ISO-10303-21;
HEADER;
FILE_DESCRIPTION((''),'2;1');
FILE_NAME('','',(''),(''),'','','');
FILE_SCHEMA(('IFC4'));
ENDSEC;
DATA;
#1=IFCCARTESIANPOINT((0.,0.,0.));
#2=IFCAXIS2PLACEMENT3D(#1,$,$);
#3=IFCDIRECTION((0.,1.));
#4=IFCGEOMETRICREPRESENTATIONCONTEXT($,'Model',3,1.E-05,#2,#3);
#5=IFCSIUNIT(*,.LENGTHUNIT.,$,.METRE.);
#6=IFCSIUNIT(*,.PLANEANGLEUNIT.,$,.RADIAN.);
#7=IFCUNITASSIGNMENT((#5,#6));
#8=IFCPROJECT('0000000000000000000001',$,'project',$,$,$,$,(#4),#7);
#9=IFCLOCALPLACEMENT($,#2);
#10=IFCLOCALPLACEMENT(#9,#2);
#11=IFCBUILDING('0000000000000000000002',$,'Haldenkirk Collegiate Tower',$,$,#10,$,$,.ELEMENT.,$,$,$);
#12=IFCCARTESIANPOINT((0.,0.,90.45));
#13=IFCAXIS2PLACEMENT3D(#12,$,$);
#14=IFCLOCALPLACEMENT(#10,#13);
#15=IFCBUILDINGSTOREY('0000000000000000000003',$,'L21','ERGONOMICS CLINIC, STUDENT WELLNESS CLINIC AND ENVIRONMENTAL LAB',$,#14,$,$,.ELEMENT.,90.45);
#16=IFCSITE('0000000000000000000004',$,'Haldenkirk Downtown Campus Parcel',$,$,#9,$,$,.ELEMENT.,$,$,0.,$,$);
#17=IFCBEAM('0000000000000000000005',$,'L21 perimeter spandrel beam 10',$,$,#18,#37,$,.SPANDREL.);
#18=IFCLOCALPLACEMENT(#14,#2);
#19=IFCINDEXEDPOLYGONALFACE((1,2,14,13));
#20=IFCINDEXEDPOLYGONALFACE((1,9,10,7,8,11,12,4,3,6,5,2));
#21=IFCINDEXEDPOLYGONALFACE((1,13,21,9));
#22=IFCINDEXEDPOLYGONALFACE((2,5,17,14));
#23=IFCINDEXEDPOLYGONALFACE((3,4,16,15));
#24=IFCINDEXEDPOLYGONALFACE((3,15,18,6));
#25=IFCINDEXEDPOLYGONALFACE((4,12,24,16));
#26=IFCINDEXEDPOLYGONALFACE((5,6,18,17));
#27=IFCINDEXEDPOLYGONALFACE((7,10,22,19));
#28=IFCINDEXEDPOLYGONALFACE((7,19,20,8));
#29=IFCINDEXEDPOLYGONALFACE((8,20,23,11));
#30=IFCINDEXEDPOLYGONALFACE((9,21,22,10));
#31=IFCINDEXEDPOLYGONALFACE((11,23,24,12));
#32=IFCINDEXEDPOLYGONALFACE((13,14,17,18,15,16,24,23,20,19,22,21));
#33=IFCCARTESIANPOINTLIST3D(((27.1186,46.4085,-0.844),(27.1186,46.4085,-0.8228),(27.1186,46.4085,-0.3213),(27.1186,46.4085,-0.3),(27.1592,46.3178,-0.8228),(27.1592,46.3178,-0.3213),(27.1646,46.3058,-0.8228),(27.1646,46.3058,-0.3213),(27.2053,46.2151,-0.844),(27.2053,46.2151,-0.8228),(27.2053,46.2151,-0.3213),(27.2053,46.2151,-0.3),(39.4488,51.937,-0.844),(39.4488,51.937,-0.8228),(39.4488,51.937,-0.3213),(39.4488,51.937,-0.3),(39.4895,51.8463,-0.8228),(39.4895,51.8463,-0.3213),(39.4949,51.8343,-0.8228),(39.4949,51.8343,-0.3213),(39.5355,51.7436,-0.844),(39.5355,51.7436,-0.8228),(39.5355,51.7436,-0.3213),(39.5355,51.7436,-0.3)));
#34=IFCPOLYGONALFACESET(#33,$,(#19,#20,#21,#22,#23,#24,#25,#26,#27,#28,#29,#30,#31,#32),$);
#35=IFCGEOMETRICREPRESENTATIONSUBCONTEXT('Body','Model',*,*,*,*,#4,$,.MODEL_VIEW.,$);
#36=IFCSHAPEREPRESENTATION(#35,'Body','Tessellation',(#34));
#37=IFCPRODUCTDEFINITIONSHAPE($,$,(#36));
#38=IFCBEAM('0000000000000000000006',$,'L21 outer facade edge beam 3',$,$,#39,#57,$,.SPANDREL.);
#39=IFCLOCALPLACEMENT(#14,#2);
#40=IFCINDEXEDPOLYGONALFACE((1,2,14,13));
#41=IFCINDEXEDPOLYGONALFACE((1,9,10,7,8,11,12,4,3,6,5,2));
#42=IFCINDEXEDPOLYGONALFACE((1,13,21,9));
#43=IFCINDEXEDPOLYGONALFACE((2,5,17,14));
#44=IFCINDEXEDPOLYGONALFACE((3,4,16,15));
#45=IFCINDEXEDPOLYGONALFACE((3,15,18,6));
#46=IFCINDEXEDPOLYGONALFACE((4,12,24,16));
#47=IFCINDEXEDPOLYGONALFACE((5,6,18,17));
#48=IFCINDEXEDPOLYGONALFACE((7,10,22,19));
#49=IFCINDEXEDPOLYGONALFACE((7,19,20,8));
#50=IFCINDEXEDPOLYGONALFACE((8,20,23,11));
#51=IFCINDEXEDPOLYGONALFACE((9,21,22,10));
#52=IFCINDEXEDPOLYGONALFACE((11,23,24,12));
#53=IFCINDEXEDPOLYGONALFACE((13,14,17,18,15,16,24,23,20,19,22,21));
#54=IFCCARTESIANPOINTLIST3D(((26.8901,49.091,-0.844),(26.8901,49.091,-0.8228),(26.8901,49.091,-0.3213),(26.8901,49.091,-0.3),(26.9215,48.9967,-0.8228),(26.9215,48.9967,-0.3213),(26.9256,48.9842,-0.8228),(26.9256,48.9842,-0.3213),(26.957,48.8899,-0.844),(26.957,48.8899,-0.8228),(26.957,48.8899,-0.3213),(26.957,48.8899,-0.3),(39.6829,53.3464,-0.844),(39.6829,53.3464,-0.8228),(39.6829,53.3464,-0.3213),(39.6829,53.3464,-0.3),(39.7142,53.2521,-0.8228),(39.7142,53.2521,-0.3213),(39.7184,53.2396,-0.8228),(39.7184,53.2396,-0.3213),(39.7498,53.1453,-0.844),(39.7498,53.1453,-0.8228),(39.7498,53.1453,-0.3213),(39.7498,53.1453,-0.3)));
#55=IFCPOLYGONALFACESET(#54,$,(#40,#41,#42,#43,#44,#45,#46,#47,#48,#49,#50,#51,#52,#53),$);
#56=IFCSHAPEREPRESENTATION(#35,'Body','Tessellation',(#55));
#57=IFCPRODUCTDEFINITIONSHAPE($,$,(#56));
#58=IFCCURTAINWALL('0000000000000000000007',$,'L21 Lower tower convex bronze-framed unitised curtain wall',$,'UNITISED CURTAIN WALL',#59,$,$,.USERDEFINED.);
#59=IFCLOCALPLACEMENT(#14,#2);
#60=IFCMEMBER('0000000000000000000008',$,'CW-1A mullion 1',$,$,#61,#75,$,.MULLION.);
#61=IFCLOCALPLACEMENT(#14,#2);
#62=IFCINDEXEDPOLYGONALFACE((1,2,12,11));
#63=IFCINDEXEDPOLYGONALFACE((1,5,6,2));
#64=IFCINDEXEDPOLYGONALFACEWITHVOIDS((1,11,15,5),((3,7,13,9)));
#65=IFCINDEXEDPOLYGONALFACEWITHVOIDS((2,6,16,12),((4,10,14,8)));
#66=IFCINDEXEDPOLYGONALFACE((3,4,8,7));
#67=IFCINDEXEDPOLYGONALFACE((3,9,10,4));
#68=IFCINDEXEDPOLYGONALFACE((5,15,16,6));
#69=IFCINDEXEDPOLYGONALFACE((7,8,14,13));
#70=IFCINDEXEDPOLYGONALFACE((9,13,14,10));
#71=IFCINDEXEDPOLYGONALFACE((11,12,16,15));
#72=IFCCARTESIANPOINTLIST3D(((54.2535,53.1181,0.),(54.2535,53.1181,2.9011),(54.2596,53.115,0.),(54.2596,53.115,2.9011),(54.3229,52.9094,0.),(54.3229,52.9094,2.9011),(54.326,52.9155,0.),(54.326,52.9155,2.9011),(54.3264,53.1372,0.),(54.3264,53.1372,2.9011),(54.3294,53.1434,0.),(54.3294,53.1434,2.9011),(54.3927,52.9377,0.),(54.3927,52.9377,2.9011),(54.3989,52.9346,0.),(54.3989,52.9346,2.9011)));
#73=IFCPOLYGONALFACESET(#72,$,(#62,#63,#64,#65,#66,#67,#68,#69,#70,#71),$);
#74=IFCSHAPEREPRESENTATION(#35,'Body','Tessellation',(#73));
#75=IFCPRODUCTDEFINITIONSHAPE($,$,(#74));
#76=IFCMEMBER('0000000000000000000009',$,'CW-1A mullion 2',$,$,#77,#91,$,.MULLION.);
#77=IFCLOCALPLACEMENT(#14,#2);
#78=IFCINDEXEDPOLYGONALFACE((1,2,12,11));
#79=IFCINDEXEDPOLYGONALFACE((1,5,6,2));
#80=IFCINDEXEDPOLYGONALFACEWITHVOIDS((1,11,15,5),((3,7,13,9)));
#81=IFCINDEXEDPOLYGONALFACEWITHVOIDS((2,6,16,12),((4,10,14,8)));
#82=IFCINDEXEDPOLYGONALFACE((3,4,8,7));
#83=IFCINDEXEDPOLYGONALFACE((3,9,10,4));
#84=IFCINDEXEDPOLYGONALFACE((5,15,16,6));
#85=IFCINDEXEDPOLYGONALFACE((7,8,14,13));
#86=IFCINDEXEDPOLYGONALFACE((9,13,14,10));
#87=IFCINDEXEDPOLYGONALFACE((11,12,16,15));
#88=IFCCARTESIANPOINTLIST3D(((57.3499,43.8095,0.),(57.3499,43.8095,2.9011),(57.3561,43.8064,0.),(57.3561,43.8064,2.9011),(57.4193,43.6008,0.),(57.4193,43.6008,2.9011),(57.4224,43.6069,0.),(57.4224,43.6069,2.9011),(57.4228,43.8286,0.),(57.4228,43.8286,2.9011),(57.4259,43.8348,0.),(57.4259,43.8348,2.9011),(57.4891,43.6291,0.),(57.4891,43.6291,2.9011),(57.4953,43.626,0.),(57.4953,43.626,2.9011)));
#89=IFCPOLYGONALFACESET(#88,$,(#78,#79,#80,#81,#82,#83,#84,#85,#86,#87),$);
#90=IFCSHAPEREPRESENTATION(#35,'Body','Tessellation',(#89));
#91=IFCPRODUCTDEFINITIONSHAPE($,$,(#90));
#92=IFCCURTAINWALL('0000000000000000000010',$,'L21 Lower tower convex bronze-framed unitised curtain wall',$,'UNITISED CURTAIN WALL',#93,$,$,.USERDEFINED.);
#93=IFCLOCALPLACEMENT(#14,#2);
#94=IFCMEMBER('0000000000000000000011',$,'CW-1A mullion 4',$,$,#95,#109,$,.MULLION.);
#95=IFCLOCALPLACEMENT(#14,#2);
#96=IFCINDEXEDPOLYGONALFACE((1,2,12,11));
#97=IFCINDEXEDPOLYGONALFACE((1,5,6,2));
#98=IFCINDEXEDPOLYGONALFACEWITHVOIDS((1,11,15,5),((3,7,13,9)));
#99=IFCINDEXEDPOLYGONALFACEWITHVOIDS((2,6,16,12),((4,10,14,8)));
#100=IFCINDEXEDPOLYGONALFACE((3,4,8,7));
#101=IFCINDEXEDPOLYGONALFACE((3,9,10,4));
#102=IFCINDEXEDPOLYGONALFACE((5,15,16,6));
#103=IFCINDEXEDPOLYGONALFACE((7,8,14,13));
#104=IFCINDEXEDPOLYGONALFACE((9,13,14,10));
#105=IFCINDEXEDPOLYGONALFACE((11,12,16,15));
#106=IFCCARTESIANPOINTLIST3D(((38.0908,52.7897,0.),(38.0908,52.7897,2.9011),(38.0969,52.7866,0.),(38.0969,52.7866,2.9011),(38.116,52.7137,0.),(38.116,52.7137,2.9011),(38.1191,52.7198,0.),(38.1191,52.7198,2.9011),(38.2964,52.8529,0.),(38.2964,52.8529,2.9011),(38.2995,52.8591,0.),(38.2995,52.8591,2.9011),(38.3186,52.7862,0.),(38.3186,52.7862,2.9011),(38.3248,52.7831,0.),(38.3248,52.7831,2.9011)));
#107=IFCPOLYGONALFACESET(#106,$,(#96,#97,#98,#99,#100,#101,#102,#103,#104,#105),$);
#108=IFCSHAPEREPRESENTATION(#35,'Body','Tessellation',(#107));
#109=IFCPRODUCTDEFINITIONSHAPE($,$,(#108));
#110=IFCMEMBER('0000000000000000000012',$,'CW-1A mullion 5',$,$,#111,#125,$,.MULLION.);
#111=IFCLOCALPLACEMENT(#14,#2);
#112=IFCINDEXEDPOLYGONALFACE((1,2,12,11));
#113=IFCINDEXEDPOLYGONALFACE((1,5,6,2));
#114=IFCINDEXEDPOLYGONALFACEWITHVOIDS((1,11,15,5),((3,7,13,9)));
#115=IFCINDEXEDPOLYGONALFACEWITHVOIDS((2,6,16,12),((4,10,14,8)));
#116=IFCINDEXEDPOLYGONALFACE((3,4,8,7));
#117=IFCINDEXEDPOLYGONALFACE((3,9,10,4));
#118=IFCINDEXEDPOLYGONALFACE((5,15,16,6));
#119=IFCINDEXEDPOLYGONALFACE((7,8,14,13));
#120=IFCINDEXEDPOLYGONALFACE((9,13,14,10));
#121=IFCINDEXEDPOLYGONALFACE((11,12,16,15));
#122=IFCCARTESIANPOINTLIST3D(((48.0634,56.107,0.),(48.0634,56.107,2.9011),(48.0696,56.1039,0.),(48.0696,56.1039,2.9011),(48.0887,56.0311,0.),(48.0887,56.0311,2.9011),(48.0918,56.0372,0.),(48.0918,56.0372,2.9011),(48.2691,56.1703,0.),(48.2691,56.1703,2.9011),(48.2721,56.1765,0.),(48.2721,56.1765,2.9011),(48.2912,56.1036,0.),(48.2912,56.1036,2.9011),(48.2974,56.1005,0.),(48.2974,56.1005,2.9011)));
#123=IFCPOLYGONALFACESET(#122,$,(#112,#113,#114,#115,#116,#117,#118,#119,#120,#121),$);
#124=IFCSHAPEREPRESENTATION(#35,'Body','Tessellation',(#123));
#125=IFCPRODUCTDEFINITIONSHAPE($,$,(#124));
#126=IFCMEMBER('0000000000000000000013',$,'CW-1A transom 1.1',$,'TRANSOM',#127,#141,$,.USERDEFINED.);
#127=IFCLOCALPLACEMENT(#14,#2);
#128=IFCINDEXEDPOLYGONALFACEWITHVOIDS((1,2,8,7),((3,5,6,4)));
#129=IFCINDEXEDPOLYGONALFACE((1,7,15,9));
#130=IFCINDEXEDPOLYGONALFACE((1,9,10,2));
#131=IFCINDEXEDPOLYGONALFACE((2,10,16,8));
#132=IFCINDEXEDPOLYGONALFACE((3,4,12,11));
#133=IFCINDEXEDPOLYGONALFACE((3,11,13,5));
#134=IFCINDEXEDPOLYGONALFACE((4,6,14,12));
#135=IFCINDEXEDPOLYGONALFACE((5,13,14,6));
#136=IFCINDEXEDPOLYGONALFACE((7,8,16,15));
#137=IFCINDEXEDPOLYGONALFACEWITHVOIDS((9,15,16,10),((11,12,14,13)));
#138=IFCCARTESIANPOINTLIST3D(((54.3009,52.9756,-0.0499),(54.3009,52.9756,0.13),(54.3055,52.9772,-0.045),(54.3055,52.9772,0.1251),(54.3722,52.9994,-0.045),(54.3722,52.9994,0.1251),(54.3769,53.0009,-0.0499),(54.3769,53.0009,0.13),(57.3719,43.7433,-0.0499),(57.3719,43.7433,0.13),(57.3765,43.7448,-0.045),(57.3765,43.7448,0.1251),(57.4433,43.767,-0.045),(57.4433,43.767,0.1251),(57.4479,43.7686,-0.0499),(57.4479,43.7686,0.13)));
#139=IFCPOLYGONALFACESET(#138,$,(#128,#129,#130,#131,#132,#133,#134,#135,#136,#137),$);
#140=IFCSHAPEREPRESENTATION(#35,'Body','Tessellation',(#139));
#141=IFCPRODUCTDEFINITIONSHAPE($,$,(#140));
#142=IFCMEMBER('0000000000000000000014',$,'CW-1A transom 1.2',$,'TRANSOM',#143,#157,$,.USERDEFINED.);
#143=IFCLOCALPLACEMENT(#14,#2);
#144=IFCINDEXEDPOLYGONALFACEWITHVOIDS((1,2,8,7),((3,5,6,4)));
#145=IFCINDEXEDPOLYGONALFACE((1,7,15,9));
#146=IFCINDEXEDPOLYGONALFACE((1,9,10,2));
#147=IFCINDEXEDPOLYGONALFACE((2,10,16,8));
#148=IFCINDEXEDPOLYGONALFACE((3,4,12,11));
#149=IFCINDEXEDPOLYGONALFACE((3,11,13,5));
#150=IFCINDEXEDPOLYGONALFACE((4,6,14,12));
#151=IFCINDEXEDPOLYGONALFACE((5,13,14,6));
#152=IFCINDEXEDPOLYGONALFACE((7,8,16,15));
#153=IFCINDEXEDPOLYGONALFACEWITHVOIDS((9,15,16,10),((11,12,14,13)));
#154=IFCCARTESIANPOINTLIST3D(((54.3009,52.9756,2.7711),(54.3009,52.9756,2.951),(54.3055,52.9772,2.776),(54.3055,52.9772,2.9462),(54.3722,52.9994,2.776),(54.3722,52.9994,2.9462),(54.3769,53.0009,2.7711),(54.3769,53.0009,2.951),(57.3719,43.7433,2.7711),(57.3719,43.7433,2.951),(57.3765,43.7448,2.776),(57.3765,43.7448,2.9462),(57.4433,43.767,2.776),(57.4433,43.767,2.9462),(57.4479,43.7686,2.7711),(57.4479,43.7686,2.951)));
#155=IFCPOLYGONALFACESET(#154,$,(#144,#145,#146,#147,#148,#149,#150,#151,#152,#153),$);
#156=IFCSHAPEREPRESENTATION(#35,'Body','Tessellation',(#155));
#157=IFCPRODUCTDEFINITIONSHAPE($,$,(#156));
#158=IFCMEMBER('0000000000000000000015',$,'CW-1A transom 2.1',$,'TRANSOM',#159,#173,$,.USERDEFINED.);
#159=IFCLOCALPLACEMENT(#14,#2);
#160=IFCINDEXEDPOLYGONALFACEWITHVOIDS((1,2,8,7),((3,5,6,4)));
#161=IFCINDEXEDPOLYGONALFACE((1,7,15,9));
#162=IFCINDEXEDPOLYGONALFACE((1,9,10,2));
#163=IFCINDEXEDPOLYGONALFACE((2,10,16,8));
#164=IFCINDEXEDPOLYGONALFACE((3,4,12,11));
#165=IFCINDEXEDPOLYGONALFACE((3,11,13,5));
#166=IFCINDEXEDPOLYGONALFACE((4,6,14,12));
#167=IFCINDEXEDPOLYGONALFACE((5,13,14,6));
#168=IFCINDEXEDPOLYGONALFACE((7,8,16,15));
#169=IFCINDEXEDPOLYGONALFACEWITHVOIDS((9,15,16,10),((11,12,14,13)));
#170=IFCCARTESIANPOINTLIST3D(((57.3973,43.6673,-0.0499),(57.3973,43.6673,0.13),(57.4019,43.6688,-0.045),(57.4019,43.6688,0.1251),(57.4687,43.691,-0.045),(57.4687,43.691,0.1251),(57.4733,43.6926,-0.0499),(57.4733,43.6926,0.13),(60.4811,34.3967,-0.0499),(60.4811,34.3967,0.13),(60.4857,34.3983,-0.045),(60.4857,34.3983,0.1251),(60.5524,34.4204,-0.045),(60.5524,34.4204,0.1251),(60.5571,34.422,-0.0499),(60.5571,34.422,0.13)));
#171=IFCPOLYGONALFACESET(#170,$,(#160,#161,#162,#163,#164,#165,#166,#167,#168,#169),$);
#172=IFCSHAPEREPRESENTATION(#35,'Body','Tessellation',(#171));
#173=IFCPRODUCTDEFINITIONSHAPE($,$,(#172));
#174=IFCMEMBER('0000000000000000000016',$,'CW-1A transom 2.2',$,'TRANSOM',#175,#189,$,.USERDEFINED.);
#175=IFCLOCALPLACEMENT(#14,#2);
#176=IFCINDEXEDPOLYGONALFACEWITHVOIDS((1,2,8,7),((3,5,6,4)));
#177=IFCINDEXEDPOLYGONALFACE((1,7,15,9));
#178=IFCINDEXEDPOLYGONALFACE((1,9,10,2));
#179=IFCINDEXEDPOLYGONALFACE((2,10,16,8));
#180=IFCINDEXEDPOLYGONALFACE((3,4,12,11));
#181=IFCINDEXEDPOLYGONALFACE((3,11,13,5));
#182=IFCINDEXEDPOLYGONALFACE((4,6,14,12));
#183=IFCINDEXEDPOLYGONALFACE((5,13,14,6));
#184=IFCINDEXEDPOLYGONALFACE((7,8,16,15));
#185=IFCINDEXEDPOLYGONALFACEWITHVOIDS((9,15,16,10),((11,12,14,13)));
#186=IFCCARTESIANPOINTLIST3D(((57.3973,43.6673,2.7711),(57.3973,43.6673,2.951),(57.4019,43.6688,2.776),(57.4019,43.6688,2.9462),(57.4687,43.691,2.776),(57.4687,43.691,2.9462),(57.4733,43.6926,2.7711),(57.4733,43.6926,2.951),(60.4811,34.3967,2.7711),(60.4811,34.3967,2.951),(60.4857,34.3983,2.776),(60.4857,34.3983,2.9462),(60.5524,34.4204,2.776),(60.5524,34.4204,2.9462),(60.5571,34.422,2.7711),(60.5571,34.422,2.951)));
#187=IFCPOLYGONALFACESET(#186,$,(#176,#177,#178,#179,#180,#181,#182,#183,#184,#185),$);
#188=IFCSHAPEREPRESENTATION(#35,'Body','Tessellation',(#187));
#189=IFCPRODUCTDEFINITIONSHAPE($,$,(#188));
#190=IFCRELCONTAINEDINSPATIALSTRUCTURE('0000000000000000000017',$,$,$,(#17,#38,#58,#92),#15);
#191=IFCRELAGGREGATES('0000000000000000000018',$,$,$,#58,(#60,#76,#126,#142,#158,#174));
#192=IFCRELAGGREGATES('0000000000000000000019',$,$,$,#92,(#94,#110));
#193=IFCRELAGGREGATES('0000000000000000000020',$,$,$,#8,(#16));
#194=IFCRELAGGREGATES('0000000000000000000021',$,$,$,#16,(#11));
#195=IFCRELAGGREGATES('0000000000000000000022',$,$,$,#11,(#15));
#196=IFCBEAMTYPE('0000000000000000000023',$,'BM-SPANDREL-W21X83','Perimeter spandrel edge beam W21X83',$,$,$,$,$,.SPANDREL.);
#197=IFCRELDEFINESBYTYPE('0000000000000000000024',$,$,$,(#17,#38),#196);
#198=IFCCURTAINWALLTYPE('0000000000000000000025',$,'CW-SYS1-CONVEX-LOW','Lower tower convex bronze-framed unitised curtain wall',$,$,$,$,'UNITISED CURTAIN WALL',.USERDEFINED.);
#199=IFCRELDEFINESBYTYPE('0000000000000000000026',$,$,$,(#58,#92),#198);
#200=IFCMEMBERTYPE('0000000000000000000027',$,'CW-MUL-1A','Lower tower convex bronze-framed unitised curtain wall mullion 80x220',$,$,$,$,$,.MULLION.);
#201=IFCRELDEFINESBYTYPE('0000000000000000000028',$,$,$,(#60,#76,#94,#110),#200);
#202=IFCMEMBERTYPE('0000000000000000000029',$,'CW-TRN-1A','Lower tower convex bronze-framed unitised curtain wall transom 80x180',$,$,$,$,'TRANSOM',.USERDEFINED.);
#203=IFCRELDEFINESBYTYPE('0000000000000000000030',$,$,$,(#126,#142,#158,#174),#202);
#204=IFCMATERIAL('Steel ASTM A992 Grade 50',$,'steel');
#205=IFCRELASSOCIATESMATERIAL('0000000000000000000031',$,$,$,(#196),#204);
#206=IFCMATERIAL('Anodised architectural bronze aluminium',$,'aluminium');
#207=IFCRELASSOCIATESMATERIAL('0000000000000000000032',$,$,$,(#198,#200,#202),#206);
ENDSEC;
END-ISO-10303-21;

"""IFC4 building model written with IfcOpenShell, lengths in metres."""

from ifc_helpers import new_model, si_unit, direction, frame, origin, origin_2d, place, context, subcontext, project, spatial, hollow_rectangle, i_section, extrude, material, material_profile, profile_set, type_object, element, aggregate, save


model = new_model("IFC4")

# Units and contexts
model_context = context("Model", 3, precision=1e-05, world=origin(), true_north=direction((0.0, 1.0)))
body_context = subcontext(model_context, "Body", "Model", "MODEL_VIEW")
ifc_project = project(units=[si_unit("LENGTHUNIT", "METRE"), si_unit("PLANEANGLEUNIT", "RADIAN")], contexts=[model_context])

# Site, building, storey
site_placement = place(None, origin())
site = spatial("IfcSite", under=ifc_project, at=site_placement, Name="Haldenkirk Downtown Campus Parcel", CompositionType="ELEMENT", RefElevation=0.0)
building_placement = place(site_placement, origin())
building = spatial("IfcBuilding", under=site, at=building_placement, Name="Haldenkirk Collegiate Tower", CompositionType="ELEMENT")
storey_placement = place(building_placement, frame((0.0, 0.0, 90.45)))
storey = spatial("IfcBuildingStorey", under=building, at=storey_placement, Name="L21", Description="ERGONOMICS CLINIC, STUDENT WELLNESS CLINIC AND ENVIRONMENTAL LAB", CompositionType="ELEMENT", Elevation=90.45)

# Beams
ifc_material_1 = material(Name="Steel ASTM A992 Grade 50", Category="steel")
ifc_material_profile_1 = material_profile(ifc_material_1, i_section(OverallWidth=0.2119, OverallDepth=0.5439, WebThickness=0.0132, FlangeThickness=0.0212, at=origin_2d()), Name="W21X83")
ifc_profile_set_1 = profile_set([ifc_material_profile_1], Name="Steel ASTM A992 Grade 50")
beam_type_1 = type_object("IfcBeamType", Name="BM-SPANDREL-W21X83", Description="Perimeter spandrel edge beam W21X83", PredefinedType="SPANDREL", material=ifc_profile_set_1)
beam_1_placement = place(storey_placement, frame((39.4922, 51.8403, -0.572), z_axis=(-0.912477, -0.409129, 0.0), x_axis=(0.409129, -0.912477, 0.0)))
element("IfcBeam", 1, at=beam_1_placement, inside=storey, type_object=beam_type_1, Name="L21 perimeter spandrel beam 10", PredefinedType="SPANDREL", context=body_context, shape_type="SweptSolid", body=[
    extrude(i_section(OverallWidth=0.2119, OverallDepth=0.5439, WebThickness=0.0132, FlangeThickness=0.0212, at=origin_2d()), origin(), (0.0, 0.0, 1.0), 13.5129),
])
beam_2_placement = place(storey_placement, frame((39.7163, 53.2458, -0.572), z_axis=(-0.94888, -0.315636, 0.0), x_axis=(0.315636, -0.94888, 0.0)))
element("IfcBeam", 2, at=beam_2_placement, inside=storey, type_object=beam_type_1, Name="L21 outer facade edge beam 3", PredefinedType="SPANDREL", context=body_context, shape_type="SweptSolid", body=[
    extrude(i_section(OverallWidth=0.2119, OverallDepth=0.5439, WebThickness=0.0132, FlangeThickness=0.0212, at=origin_2d()), origin(), (0.0, 0.0, 1.0), 13.4819),
])

# Curtain walls, members
ifc_material_2 = material(Name="Anodised architectural bronze aluminium", Category="aluminium")
curtain_wall_type = type_object("IfcCurtainWallType", Name="CW-SYS1-CONVEX-LOW", Description="Lower tower convex bronze-framed unitised curtain wall", ElementType="UNITISED CURTAIN WALL", PredefinedType="USERDEFINED", material=ifc_material_2)
curtain_wall_1_placement = place(storey_placement, origin())
curtain_wall_1 = element("IfcCurtainWall", 3, at=curtain_wall_1_placement, inside=storey, type_object=curtain_wall_type, Name="L21 Lower tower convex bronze-framed unitised curtain wall", ObjectType="UNITISED CURTAIN WALL", PredefinedType="USERDEFINED")
ifc_material_profile_2 = material_profile(ifc_material_2, hollow_rectangle(XDim=0.0801, YDim=0.22, WallThickness=0.0049, at=origin_2d()), Name="CW-MUL-1A")
ifc_profile_set_2 = profile_set([ifc_material_profile_2], Name="Anodised architectural bronze aluminium")
member_type_1 = type_object("IfcMemberType", Name="CW-MUL-1A", Description="Lower tower convex bronze-framed unitised curtain wall mullion 80x220", PredefinedType="MULLION", material=ifc_profile_set_2)
member_1_placement = place(storey_placement, frame((54.3262, 53.0264, 0.0), z_axis=(0.0, 0.0, 1.0), x_axis=(0.948877, 0.315648, 0.0)))
member_1 = element("IfcMember", 4, at=member_1_placement, type_object=member_type_1, Name="CW-1A mullion 1", PredefinedType="MULLION", context=body_context, shape_type="SweptSolid", body=[
    extrude(hollow_rectangle(XDim=0.0801, YDim=0.22, WallThickness=0.0049, at=origin_2d()), origin(), (0.0, 0.0, 1.0), 2.9011),
])
member_2_placement = place(storey_placement, frame((57.4226, 43.7178, 0.0), z_axis=(0.0, 0.0, 1.0), x_axis=(0.948877, 0.315648, 0.0)))
member_2 = element("IfcMember", 5, at=member_2_placement, type_object=member_type_1, Name="CW-1A mullion 2", PredefinedType="MULLION", context=body_context, shape_type="SweptSolid", body=[
    extrude(hollow_rectangle(XDim=0.0801, YDim=0.22, WallThickness=0.0049, at=origin_2d()), origin(), (0.0, 0.0, 1.0), 2.9011),
])
curtain_wall_2_placement = place(storey_placement, origin())
curtain_wall_2 = element("IfcCurtainWall", 6, at=curtain_wall_2_placement, inside=storey, type_object=curtain_wall_type, Name="L21 Lower tower convex bronze-framed unitised curtain wall", ObjectType="UNITISED CURTAIN WALL", PredefinedType="USERDEFINED")
member_3_placement = place(storey_placement, frame((38.2078, 52.7864, 0.0), z_axis=(0.0, 0.0, 1.0), x_axis=(-0.31565, 0.948876, 0.0)))
member_3 = element("IfcMember", 7, at=member_3_placement, type_object=member_type_1, Name="CW-1A mullion 4", PredefinedType="MULLION", context=body_context, shape_type="SweptSolid", body=[
    extrude(hollow_rectangle(XDim=0.0801, YDim=0.22, WallThickness=0.0049, at=origin_2d()), origin(), (0.0, 0.0, 1.0), 2.9011),
])
member_4_placement = place(storey_placement, frame((48.1804, 56.1038, 0.0), z_axis=(0.0, 0.0, 1.0), x_axis=(-0.31565, 0.948876, 0.0)))
member_4 = element("IfcMember", 8, at=member_4_placement, type_object=member_type_1, Name="CW-1A mullion 5", PredefinedType="MULLION", context=body_context, shape_type="SweptSolid", body=[
    extrude(hollow_rectangle(XDim=0.0801, YDim=0.22, WallThickness=0.0049, at=origin_2d()), origin(), (0.0, 0.0, 1.0), 2.9011),
])

# Members
ifc_material_profile_3 = material_profile(ifc_material_2, hollow_rectangle(XDim=0.0801, YDim=0.1799, WallThickness=0.0049, at=origin_2d()), Name="CW-TRN-1A")
ifc_profile_set_3 = profile_set([ifc_material_profile_3], Name="Anodised architectural bronze aluminium")
member_type_2 = type_object("IfcMemberType", Name="CW-TRN-1A", Description="Lower tower convex bronze-framed unitised curtain wall transom 80x180", ElementType="TRANSOM", PredefinedType="USERDEFINED", material=ifc_profile_set_3)
member_5_placement = place(storey_placement, frame((54.3389, 52.9883, 0.04), z_axis=(0.315633, -0.948881, 0.0), x_axis=(0.948881, 0.315633, 0.0)))
member_5 = element("IfcMember", 9, at=member_5_placement, type_object=member_type_2, Name="CW-1A transom 1.1", ObjectType="TRANSOM", PredefinedType="USERDEFINED", context=body_context, shape_type="SweptSolid", body=[
    extrude(hollow_rectangle(XDim=0.0801, YDim=0.1799, WallThickness=0.0049, at=origin_2d()), origin(), (0.0, 0.0, 1.0), 9.7297),
])
member_6_placement = place(storey_placement, frame((54.3389, 52.9883, 2.8611), z_axis=(0.315633, -0.948881, 0.0), x_axis=(0.948881, 0.315633, 0.0)))
member_6 = element("IfcMember", 10, at=member_6_placement, type_object=member_type_2, Name="CW-1A transom 1.2", ObjectType="TRANSOM", PredefinedType="USERDEFINED", context=body_context, shape_type="SweptSolid", body=[
    extrude(hollow_rectangle(XDim=0.0801, YDim=0.1799, WallThickness=0.0049, at=origin_2d()), origin(), (0.0, 0.0, 1.0), 9.7297),
])
member_7_placement = place(storey_placement, frame((57.4353, 43.6799, 0.04), z_axis=(0.315635, -0.948881, 0.0), x_axis=(0.948881, 0.315635, 0.0)))
member_7 = element("IfcMember", 11, at=member_7_placement, type_object=member_type_2, Name="CW-1A transom 2.1", ObjectType="TRANSOM", PredefinedType="USERDEFINED", context=body_context, shape_type="SweptSolid", body=[
    extrude(hollow_rectangle(XDim=0.0801, YDim=0.1799, WallThickness=0.0049, at=origin_2d()), origin(), (0.0, 0.0, 1.0), 9.77),
])
member_8_placement = place(storey_placement, frame((57.4353, 43.6799, 2.8611), z_axis=(0.315635, -0.948881, 0.0), x_axis=(0.948881, 0.315635, 0.0)))
member_8 = element("IfcMember", 12, at=member_8_placement, type_object=member_type_2, Name="CW-1A transom 2.2", ObjectType="TRANSOM", PredefinedType="USERDEFINED", context=body_context, shape_type="SweptSolid", body=[
    extrude(hollow_rectangle(XDim=0.0801, YDim=0.1799, WallThickness=0.0049, at=origin_2d()), origin(), (0.0, 0.0, 1.0), 9.77),
])

aggregate(curtain_wall_1, [member_1, member_2, member_5, member_6, member_7, member_8])
aggregate(curtain_wall_2, [member_3, member_4])

save(model, "model.ifc")
